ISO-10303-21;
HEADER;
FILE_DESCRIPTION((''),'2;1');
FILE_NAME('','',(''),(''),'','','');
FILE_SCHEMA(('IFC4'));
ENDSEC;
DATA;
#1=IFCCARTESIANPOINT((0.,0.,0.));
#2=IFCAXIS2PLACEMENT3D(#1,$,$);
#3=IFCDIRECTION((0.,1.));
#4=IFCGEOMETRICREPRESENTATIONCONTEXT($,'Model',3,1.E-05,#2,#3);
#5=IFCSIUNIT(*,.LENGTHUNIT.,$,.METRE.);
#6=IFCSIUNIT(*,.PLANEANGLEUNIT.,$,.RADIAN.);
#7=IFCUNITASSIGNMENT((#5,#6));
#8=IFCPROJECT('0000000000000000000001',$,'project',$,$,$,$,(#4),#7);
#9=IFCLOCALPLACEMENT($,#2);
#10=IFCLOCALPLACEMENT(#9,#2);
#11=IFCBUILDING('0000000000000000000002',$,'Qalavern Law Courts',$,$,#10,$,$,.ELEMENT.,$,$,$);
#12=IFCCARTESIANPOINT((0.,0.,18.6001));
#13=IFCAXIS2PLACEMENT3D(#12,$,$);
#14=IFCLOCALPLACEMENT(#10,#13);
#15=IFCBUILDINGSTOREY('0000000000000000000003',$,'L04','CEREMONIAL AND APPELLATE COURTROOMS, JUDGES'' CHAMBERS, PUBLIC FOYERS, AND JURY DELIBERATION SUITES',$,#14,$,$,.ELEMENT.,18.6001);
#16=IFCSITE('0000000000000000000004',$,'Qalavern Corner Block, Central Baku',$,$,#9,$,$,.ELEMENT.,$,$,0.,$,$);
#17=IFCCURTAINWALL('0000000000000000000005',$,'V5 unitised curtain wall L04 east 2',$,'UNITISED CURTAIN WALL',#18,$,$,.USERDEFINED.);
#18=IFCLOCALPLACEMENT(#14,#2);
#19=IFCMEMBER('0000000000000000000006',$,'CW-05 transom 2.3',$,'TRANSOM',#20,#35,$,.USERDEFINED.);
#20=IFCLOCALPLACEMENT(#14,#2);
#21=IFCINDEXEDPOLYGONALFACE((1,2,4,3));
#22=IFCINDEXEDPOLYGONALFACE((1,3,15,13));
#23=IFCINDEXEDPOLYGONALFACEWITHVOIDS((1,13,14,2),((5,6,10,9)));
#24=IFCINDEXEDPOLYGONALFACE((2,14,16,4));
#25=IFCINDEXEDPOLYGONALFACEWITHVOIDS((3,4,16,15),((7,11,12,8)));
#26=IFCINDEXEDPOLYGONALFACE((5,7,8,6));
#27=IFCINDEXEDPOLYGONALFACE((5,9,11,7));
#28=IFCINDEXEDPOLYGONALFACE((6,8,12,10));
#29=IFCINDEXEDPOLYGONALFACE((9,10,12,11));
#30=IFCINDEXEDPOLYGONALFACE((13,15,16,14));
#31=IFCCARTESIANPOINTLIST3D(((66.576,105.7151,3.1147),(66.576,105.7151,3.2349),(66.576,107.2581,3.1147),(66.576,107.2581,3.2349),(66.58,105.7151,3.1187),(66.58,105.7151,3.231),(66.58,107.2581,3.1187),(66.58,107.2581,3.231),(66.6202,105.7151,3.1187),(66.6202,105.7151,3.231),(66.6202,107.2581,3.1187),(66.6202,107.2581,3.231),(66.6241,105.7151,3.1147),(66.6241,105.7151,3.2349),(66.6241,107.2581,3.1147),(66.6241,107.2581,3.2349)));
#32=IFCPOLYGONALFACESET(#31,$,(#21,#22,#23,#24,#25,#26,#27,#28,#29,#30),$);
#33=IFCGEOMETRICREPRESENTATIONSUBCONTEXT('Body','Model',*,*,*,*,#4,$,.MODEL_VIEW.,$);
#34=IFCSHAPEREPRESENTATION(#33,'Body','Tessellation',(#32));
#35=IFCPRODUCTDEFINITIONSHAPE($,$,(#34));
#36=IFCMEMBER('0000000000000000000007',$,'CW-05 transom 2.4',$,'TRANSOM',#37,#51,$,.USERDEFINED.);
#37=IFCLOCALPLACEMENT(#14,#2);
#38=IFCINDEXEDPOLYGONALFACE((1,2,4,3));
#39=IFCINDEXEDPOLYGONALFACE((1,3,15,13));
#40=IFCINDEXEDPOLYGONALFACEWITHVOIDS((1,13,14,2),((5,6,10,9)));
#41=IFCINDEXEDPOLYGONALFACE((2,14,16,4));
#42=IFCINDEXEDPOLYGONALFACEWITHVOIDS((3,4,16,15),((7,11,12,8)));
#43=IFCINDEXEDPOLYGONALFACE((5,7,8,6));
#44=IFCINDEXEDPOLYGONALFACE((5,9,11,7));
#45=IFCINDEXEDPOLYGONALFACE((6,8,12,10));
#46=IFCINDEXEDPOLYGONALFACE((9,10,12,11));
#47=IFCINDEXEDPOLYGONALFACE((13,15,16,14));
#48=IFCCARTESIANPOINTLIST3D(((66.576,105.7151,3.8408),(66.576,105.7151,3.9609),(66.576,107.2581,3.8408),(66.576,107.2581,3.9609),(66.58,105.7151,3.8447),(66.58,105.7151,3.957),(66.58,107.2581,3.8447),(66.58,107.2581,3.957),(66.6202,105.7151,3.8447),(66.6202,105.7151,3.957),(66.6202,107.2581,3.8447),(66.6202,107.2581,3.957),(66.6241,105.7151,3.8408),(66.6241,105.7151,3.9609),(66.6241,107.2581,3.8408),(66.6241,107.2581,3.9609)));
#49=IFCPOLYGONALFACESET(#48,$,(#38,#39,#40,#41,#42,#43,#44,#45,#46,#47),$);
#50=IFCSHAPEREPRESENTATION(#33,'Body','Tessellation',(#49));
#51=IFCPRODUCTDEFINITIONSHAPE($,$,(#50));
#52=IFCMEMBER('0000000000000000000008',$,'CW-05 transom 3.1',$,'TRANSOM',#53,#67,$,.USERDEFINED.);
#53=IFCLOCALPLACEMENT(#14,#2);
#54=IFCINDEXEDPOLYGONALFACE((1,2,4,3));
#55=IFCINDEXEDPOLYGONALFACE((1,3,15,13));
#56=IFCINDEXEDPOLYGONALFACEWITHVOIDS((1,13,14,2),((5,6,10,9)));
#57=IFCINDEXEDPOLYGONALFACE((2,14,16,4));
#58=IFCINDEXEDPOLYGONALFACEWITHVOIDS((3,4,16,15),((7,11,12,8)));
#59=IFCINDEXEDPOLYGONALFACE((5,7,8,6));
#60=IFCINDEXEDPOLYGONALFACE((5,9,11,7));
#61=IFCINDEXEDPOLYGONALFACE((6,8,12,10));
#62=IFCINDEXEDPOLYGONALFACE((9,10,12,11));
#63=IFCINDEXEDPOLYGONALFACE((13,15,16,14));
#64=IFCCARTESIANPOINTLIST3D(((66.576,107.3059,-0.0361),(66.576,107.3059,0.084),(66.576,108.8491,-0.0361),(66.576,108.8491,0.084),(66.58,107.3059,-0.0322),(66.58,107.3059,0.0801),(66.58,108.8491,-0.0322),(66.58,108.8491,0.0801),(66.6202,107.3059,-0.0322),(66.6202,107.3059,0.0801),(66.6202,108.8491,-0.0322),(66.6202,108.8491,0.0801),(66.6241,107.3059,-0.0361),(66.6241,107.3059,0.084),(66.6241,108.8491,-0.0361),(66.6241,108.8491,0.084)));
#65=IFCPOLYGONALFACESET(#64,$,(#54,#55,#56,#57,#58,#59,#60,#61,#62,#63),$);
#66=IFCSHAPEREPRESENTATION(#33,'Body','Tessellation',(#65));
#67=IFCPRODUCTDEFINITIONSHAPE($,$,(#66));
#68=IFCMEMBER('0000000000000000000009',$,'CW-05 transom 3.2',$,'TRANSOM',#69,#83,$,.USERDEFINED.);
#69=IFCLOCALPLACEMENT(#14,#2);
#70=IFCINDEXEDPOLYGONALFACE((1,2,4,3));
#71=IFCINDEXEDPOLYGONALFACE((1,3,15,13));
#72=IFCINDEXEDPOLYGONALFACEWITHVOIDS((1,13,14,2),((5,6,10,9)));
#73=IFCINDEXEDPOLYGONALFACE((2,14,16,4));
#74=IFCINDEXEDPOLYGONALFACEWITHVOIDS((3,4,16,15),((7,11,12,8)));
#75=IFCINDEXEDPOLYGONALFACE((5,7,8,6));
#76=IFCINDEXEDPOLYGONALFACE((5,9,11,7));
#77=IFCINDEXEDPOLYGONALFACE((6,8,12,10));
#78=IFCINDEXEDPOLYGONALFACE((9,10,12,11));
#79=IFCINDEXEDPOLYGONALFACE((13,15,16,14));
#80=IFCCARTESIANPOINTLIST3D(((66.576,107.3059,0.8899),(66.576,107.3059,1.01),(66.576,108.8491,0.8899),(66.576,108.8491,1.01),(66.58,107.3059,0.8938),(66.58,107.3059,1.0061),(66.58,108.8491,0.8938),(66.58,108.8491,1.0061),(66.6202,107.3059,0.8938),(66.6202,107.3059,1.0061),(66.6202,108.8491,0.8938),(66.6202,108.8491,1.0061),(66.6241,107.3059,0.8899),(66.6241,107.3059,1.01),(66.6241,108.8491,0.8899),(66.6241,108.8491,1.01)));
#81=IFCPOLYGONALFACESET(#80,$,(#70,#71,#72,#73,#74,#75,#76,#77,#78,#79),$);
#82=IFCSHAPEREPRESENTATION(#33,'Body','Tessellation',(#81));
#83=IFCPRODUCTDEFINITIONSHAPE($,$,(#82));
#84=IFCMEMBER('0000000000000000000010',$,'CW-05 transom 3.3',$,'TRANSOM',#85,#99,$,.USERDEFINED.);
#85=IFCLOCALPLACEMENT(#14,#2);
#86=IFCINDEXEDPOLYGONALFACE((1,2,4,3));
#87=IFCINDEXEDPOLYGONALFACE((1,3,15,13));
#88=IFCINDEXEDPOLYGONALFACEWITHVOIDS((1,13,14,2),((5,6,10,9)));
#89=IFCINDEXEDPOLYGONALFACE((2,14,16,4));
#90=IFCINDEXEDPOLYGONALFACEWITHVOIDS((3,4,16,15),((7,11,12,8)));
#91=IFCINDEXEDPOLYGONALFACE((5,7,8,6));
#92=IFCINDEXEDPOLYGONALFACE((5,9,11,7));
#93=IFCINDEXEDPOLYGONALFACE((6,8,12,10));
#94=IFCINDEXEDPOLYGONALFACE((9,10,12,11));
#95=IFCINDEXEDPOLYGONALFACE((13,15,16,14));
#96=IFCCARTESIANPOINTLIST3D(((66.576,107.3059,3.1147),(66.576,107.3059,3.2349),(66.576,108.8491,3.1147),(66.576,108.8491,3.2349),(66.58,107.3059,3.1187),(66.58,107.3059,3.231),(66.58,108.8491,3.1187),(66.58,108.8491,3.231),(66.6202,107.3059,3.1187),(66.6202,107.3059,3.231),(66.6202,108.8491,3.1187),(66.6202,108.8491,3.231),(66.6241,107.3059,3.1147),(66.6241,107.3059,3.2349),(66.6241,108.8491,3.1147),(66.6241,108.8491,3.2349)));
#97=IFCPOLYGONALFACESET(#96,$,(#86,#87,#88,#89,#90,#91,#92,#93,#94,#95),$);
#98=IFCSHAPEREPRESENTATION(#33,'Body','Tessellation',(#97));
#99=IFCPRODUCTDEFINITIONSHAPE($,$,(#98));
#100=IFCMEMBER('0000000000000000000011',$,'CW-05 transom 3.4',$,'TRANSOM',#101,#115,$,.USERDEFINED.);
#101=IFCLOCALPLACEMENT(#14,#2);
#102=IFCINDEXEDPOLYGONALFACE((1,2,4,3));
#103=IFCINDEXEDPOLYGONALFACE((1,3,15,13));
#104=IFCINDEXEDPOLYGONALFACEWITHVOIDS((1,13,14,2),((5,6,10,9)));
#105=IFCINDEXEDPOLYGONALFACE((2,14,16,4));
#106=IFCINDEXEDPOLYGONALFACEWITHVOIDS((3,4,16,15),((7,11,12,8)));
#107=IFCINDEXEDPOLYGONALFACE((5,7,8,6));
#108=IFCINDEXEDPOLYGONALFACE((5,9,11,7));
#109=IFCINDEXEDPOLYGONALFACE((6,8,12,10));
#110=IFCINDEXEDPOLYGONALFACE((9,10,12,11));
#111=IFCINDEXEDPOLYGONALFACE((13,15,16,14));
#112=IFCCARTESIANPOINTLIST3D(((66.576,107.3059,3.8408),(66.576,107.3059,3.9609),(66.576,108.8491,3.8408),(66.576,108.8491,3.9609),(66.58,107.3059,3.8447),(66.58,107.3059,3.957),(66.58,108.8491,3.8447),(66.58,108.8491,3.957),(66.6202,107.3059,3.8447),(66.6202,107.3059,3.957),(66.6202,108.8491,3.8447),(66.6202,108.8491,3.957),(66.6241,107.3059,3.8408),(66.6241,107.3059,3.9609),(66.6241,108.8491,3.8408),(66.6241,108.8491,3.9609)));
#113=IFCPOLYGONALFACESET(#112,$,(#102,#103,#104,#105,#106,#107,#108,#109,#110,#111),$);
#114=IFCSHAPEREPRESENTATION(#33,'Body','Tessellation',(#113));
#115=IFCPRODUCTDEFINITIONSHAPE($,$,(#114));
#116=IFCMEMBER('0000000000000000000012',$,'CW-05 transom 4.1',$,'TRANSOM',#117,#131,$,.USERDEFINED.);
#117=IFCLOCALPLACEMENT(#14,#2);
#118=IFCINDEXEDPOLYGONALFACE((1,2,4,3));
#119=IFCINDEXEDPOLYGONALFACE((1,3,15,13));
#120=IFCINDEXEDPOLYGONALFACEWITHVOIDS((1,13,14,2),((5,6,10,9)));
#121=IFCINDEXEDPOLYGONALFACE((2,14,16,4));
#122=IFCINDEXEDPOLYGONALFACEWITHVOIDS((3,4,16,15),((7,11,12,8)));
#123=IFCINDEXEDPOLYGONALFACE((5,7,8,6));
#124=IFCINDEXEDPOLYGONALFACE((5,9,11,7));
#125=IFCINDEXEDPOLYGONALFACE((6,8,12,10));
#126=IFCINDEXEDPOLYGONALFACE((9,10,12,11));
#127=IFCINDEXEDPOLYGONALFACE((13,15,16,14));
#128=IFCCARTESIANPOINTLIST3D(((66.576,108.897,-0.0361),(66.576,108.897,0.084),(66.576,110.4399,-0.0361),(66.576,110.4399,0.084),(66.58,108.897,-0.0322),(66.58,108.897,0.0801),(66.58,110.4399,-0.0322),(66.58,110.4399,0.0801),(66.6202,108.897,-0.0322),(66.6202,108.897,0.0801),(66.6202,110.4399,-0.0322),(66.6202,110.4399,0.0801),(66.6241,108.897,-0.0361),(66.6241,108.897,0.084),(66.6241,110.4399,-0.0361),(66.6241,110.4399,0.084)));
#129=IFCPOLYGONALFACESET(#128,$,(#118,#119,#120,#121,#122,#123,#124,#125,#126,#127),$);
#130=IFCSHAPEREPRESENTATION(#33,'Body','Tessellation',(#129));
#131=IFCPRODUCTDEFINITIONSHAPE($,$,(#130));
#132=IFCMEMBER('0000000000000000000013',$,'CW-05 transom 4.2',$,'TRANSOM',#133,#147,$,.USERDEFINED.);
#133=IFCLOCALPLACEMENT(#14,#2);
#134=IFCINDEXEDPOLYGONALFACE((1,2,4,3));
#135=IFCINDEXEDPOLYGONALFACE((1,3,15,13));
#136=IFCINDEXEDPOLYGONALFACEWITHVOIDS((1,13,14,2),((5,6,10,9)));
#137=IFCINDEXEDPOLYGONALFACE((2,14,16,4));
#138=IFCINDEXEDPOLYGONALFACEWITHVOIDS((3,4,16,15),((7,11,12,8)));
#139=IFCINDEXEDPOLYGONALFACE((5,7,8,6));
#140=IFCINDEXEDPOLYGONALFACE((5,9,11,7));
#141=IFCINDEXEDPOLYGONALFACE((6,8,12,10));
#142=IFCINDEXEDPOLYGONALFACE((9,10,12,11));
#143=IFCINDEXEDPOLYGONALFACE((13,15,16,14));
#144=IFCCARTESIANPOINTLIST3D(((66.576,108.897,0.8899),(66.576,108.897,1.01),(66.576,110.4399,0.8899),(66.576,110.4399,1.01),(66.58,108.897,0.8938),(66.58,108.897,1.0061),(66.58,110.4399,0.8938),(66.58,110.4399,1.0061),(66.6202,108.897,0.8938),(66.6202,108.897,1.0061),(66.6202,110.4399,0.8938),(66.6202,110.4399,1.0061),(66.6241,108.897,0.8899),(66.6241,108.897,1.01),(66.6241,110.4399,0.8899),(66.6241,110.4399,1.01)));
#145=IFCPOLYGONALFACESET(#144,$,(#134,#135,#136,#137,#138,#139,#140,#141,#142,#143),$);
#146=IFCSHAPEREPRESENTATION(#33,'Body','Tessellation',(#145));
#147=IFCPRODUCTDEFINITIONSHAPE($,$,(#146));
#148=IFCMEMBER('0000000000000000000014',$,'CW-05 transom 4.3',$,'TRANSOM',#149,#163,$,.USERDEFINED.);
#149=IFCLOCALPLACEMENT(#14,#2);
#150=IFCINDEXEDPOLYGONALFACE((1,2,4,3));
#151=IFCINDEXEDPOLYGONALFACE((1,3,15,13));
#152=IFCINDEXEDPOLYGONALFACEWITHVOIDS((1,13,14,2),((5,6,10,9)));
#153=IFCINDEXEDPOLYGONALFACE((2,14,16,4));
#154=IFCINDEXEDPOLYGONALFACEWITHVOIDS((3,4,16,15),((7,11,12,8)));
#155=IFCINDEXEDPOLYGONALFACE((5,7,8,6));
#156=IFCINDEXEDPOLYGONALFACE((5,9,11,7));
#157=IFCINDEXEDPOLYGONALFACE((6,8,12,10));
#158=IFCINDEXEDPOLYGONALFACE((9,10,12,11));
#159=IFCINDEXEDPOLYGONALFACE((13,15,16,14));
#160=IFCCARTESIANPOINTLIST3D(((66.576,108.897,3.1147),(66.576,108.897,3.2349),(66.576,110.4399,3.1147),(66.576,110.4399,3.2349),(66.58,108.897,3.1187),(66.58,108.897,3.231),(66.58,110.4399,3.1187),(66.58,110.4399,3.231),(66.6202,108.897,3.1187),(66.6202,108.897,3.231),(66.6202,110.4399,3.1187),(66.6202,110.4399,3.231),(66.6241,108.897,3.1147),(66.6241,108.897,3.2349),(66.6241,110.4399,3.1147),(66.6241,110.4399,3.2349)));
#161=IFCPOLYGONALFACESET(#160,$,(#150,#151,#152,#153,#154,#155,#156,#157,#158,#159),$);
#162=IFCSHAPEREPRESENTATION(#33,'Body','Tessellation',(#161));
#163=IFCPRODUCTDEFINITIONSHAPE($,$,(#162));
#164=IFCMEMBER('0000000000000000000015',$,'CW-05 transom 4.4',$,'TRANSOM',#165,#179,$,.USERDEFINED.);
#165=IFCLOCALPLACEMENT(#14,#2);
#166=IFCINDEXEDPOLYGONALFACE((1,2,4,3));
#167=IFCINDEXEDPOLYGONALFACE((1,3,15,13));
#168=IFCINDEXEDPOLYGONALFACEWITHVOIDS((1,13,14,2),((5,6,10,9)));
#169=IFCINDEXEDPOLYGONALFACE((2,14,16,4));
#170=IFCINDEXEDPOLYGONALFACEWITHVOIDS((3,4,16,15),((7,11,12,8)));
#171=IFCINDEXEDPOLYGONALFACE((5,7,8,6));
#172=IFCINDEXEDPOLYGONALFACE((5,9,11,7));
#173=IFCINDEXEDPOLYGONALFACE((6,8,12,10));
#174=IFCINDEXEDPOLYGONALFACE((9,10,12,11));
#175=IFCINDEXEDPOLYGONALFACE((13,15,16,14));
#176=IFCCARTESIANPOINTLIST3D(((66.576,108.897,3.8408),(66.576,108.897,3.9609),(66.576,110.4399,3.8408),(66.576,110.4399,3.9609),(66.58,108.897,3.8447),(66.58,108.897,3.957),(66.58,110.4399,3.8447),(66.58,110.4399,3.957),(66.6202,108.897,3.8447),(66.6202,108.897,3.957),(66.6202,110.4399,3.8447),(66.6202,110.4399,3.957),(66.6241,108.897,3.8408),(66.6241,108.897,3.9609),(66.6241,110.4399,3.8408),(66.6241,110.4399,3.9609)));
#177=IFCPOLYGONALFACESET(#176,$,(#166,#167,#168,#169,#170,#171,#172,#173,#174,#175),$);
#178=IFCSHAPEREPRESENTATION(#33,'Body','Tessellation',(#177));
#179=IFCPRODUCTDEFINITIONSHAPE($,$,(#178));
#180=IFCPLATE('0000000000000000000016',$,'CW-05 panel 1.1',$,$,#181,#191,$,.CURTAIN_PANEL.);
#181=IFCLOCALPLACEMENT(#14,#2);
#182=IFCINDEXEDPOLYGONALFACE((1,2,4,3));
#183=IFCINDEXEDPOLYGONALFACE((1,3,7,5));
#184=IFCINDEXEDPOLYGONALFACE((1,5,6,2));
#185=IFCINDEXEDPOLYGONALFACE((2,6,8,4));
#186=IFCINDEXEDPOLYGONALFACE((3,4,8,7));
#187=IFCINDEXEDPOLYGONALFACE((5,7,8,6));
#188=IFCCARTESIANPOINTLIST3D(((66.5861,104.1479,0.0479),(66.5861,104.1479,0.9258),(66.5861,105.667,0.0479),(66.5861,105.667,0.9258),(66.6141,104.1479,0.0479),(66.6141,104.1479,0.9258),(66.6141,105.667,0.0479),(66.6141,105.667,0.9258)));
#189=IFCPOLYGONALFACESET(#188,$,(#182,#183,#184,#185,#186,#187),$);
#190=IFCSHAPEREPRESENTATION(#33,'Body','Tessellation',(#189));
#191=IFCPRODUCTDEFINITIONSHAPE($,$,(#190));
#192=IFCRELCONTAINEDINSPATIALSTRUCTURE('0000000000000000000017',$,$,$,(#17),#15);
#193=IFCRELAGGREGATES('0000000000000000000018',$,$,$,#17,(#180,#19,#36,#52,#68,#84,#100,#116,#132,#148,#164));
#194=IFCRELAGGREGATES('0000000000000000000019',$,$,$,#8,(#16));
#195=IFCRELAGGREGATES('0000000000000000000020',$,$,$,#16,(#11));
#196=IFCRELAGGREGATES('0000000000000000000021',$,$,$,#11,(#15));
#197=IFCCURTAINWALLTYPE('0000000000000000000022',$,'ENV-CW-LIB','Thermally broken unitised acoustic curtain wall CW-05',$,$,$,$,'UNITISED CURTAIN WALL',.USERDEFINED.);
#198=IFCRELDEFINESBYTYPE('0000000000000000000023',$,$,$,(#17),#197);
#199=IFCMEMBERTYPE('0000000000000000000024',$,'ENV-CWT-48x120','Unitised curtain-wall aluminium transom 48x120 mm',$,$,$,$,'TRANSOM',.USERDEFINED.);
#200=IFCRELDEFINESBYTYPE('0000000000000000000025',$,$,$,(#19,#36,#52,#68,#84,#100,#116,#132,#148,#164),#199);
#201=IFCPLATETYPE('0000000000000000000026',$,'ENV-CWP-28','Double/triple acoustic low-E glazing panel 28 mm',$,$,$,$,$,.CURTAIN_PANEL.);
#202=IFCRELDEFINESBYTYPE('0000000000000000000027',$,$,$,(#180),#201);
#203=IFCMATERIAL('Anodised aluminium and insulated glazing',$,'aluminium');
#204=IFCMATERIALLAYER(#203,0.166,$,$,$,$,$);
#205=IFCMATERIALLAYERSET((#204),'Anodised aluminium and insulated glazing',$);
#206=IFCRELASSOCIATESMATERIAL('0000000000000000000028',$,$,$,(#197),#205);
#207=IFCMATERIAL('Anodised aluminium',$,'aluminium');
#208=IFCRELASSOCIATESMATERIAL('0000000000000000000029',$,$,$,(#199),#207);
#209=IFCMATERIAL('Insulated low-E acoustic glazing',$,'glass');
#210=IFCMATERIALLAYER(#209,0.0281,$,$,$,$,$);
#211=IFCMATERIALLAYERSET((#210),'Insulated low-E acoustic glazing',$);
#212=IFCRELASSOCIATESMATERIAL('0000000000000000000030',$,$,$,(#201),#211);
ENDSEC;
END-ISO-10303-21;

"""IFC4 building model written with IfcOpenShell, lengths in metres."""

from ifc_helpers import new_model, si_unit, direction, frame, origin, origin_2d, place, context, subcontext, project, spatial, rectangle, hollow_rectangle, extrude, material, layer, layer_set, material_profile, profile_set, type_object, element, aggregate, save


model = new_model("IFC4")

# Units and contexts
model_context = context("Model", 3, precision=1e-05, world=origin(), true_north=direction((0.0, 1.0)))
body_context = subcontext(model_context, "Body", "Model", "MODEL_VIEW")
ifc_project = project(units=[si_unit("LENGTHUNIT", "METRE"), si_unit("PLANEANGLEUNIT", "RADIAN")], contexts=[model_context])

# Site, building, storey
site_placement = place(None, origin())
site = spatial("IfcSite", under=ifc_project, at=site_placement, Name="Qalavern Corner Block, Central Baku", CompositionType="ELEMENT", RefElevation=0.0)
building_placement = place(site_placement, origin())
building = spatial("IfcBuilding", under=site, at=building_placement, Name="Qalavern Law Courts", CompositionType="ELEMENT")
storey_placement = place(building_placement, frame((0.0, 0.0, 18.6001)))
storey = spatial("IfcBuildingStorey", under=building, at=storey_placement, Name="L04", Description="CEREMONIAL AND APPELLATE COURTROOMS, JUDGES' CHAMBERS, PUBLIC FOYERS, AND JURY DELIBERATION SUITES", CompositionType="ELEMENT", Elevation=18.6001)

# Curtain wall, members, plate
ifc_material_1 = material(Name="Anodised aluminium and insulated glazing", Category="aluminium")
ifc_layer_1 = layer(ifc_material_1, 0.166)
ifc_layer_set_1 = layer_set([ifc_layer_1], Name="Anodised aluminium and insulated glazing")
curtain_wall_type = type_object("IfcCurtainWallType", Name="ENV-CW-LIB", Description="Thermally broken unitised acoustic curtain wall CW-05", ElementType="UNITISED CURTAIN WALL", PredefinedType="USERDEFINED", material=ifc_layer_set_1)
curtain_wall_placement = place(storey_placement, origin())
curtain_wall = element("IfcCurtainWall", 1, at=curtain_wall_placement, inside=storey, type_object=curtain_wall_type, Name="V5 unitised curtain wall L04 east 2", ObjectType="UNITISED CURTAIN WALL", PredefinedType="USERDEFINED")
ifc_material_2 = material(Name="Anodised aluminium", Category="aluminium")
ifc_material_profile_1 = material_profile(ifc_material_2, hollow_rectangle(XDim=0.0481, YDim=0.1201, WallThickness=0.0039, at=origin_2d()), Name="ALU TRANSOM 48x120")
ifc_profile_set_1 = profile_set([ifc_material_profile_1], Name="Anodised aluminium")
member_type_1 = type_object("IfcMemberType", Name="ENV-CWT-48x120", Description="Unitised curtain-wall aluminium transom 48x120 mm", ElementType="TRANSOM", PredefinedType="USERDEFINED", material=ifc_profile_set_1)
member_1_placement = place(storey_placement, frame((66.6001, 105.7151, 3.1748), z_axis=(0.0, 1.0, 0.0), x_axis=(-1.0, 0.0, 0.0)))
member_1 = element("IfcMember", 2, at=member_1_placement, type_object=member_type_1, Name="CW-05 transom 2.3", ObjectType="TRANSOM", PredefinedType="USERDEFINED", context=body_context, shape_type="SweptSolid", body=[
    extrude(hollow_rectangle(XDim=0.0481, YDim=0.1201, WallThickness=0.0039, at=origin_2d()), origin(), (0.0, 0.0, 1.0), 1.543),
])
member_2_placement = place(storey_placement, frame((66.6001, 105.7151, 3.9009), z_axis=(0.0, 1.0, 0.0), x_axis=(-1.0, 0.0, 0.0)))
member_2 = element("IfcMember", 3, at=member_2_placement, type_object=member_type_1, Name="CW-05 transom 2.4", ObjectType="TRANSOM", PredefinedType="USERDEFINED", context=body_context, shape_type="SweptSolid", body=[
    extrude(hollow_rectangle(XDim=0.0481, YDim=0.1201, WallThickness=0.0039, at=origin_2d()), origin(), (0.0, 0.0, 1.0), 1.543),
])
member_3_placement = place(storey_placement, frame((66.6001, 107.3059, 0.0239), z_axis=(0.0, 1.0, 0.0), x_axis=(-1.0, 0.0, 0.0)))
member_3 = element("IfcMember", 4, at=member_3_placement, type_object=member_type_1, Name="CW-05 transom 3.1", ObjectType="TRANSOM", PredefinedType="USERDEFINED", context=body_context, shape_type="SweptSolid", body=[
    extrude(hollow_rectangle(XDim=0.0481, YDim=0.1201, WallThickness=0.0039, at=origin_2d()), origin(), (0.0, 0.0, 1.0), 1.5432),
])
member_4_placement = place(storey_placement, frame((66.6001, 107.3059, 0.95), z_axis=(0.0, 1.0, 0.0), x_axis=(-1.0, 0.0, 0.0)))
member_4 = element("IfcMember", 5, at=member_4_placement, type_object=member_type_1, Name="CW-05 transom 3.2", ObjectType="TRANSOM", PredefinedType="USERDEFINED", context=body_context, shape_type="SweptSolid", body=[
    extrude(hollow_rectangle(XDim=0.0481, YDim=0.1201, WallThickness=0.0039, at=origin_2d()), origin(), (0.0, 0.0, 1.0), 1.5432),
])
member_5_placement = place(storey_placement, frame((66.6001, 107.3059, 3.1748), z_axis=(0.0, 1.0, 0.0), x_axis=(-1.0, 0.0, 0.0)))
member_5 = element("IfcMember", 6, at=member_5_placement, type_object=member_type_1, Name="CW-05 transom 3.3", ObjectType="TRANSOM", PredefinedType="USERDEFINED", context=body_context, shape_type="SweptSolid", body=[
    extrude(hollow_rectangle(XDim=0.0481, YDim=0.1201, WallThickness=0.0039, at=origin_2d()), origin(), (0.0, 0.0, 1.0), 1.5432),
])
member_6_placement = place(storey_placement, frame((66.6001, 107.3059, 3.9009), z_axis=(0.0, 1.0, 0.0), x_axis=(-1.0, 0.0, 0.0)))
member_6 = element("IfcMember", 7, at=member_6_placement, type_object=member_type_1, Name="CW-05 transom 3.4", ObjectType="TRANSOM", PredefinedType="USERDEFINED", context=body_context, shape_type="SweptSolid", body=[
    extrude(hollow_rectangle(XDim=0.0481, YDim=0.1201, WallThickness=0.0039, at=origin_2d()), origin(), (0.0, 0.0, 1.0), 1.5432),
])
member_7_placement = place(storey_placement, frame((66.6001, 108.897, 0.0239), z_axis=(0.0, 1.0, 0.0), x_axis=(-1.0, 0.0, 0.0)))
member_7 = element("IfcMember", 8, at=member_7_placement, type_object=member_type_1, Name="CW-05 transom 4.1", ObjectType="TRANSOM", PredefinedType="USERDEFINED", context=body_context, shape_type="SweptSolid", body=[
    extrude(hollow_rectangle(XDim=0.0481, YDim=0.1201, WallThickness=0.0039, at=origin_2d()), origin(), (0.0, 0.0, 1.0), 1.543),
])
member_8_placement = place(storey_placement, frame((66.6001, 108.897, 0.95), z_axis=(0.0, 1.0, 0.0), x_axis=(-1.0, 0.0, 0.0)))
member_8 = element("IfcMember", 9, at=member_8_placement, type_object=member_type_1, Name="CW-05 transom 4.2", ObjectType="TRANSOM", PredefinedType="USERDEFINED", context=body_context, shape_type="SweptSolid", body=[
    extrude(hollow_rectangle(XDim=0.0481, YDim=0.1201, WallThickness=0.0039, at=origin_2d()), origin(), (0.0, 0.0, 1.0), 1.543),
])
member_9_placement = place(storey_placement, frame((66.6001, 108.897, 3.1748), z_axis=(0.0, 1.0, 0.0), x_axis=(-1.0, 0.0, 0.0)))
member_9 = element("IfcMember", 10, at=member_9_placement, type_object=member_type_1, Name="CW-05 transom 4.3", ObjectType="TRANSOM", PredefinedType="USERDEFINED", context=body_context, shape_type="SweptSolid", body=[
    extrude(hollow_rectangle(XDim=0.0481, YDim=0.1201, WallThickness=0.0039, at=origin_2d()), origin(), (0.0, 0.0, 1.0), 1.543),
])
member_10_placement = place(storey_placement, frame((66.6001, 108.897, 3.9009), z_axis=(0.0, 1.0, 0.0), x_axis=(-1.0, 0.0, 0.0)))
member_10 = element("IfcMember", 11, at=member_10_placement, type_object=member_type_1, Name="CW-05 transom 4.4", ObjectType="TRANSOM", PredefinedType="USERDEFINED", context=body_context, shape_type="SweptSolid", body=[
    extrude(hollow_rectangle(XDim=0.0481, YDim=0.1201, WallThickness=0.0039, at=origin_2d()), origin(), (0.0, 0.0, 1.0), 1.543),
])
ifc_material_3 = material(Name="Insulated low-E acoustic glazing", Category="glass")
ifc_layer_2 = layer(ifc_material_3, 0.0281)
ifc_layer_set_2 = layer_set([ifc_layer_2], Name="Insulated low-E acoustic glazing")
plate_type = type_object("IfcPlateType", Name="ENV-CWP-28", Description="Double/triple acoustic low-E glazing panel 28 mm", PredefinedType="CURTAIN_PANEL", material=ifc_layer_set_2)
plate_1_placement = place(storey_placement, frame((66.6001, 104.9075, 0.0479), z_axis=(0.0, 0.0, 1.0), x_axis=(0.0, 1.0, 0.0)))
plate_1 = element("IfcPlate", 12, at=plate_1_placement, type_object=plate_type, Name="CW-05 panel 1.1", PredefinedType="CURTAIN_PANEL", context=body_context, shape_type="SweptSolid", body=[
    extrude(rectangle(XDim=1.519, YDim=0.0281, at=origin_2d()), origin(), (0.0, 0.0, 1.0), 0.8779),
])
aggregate(curtain_wall, [plate_1, member_1, member_2, member_3, member_4, member_5, member_6, member_7, member_8, member_9, member_10])

save(model, "model.ifc")
